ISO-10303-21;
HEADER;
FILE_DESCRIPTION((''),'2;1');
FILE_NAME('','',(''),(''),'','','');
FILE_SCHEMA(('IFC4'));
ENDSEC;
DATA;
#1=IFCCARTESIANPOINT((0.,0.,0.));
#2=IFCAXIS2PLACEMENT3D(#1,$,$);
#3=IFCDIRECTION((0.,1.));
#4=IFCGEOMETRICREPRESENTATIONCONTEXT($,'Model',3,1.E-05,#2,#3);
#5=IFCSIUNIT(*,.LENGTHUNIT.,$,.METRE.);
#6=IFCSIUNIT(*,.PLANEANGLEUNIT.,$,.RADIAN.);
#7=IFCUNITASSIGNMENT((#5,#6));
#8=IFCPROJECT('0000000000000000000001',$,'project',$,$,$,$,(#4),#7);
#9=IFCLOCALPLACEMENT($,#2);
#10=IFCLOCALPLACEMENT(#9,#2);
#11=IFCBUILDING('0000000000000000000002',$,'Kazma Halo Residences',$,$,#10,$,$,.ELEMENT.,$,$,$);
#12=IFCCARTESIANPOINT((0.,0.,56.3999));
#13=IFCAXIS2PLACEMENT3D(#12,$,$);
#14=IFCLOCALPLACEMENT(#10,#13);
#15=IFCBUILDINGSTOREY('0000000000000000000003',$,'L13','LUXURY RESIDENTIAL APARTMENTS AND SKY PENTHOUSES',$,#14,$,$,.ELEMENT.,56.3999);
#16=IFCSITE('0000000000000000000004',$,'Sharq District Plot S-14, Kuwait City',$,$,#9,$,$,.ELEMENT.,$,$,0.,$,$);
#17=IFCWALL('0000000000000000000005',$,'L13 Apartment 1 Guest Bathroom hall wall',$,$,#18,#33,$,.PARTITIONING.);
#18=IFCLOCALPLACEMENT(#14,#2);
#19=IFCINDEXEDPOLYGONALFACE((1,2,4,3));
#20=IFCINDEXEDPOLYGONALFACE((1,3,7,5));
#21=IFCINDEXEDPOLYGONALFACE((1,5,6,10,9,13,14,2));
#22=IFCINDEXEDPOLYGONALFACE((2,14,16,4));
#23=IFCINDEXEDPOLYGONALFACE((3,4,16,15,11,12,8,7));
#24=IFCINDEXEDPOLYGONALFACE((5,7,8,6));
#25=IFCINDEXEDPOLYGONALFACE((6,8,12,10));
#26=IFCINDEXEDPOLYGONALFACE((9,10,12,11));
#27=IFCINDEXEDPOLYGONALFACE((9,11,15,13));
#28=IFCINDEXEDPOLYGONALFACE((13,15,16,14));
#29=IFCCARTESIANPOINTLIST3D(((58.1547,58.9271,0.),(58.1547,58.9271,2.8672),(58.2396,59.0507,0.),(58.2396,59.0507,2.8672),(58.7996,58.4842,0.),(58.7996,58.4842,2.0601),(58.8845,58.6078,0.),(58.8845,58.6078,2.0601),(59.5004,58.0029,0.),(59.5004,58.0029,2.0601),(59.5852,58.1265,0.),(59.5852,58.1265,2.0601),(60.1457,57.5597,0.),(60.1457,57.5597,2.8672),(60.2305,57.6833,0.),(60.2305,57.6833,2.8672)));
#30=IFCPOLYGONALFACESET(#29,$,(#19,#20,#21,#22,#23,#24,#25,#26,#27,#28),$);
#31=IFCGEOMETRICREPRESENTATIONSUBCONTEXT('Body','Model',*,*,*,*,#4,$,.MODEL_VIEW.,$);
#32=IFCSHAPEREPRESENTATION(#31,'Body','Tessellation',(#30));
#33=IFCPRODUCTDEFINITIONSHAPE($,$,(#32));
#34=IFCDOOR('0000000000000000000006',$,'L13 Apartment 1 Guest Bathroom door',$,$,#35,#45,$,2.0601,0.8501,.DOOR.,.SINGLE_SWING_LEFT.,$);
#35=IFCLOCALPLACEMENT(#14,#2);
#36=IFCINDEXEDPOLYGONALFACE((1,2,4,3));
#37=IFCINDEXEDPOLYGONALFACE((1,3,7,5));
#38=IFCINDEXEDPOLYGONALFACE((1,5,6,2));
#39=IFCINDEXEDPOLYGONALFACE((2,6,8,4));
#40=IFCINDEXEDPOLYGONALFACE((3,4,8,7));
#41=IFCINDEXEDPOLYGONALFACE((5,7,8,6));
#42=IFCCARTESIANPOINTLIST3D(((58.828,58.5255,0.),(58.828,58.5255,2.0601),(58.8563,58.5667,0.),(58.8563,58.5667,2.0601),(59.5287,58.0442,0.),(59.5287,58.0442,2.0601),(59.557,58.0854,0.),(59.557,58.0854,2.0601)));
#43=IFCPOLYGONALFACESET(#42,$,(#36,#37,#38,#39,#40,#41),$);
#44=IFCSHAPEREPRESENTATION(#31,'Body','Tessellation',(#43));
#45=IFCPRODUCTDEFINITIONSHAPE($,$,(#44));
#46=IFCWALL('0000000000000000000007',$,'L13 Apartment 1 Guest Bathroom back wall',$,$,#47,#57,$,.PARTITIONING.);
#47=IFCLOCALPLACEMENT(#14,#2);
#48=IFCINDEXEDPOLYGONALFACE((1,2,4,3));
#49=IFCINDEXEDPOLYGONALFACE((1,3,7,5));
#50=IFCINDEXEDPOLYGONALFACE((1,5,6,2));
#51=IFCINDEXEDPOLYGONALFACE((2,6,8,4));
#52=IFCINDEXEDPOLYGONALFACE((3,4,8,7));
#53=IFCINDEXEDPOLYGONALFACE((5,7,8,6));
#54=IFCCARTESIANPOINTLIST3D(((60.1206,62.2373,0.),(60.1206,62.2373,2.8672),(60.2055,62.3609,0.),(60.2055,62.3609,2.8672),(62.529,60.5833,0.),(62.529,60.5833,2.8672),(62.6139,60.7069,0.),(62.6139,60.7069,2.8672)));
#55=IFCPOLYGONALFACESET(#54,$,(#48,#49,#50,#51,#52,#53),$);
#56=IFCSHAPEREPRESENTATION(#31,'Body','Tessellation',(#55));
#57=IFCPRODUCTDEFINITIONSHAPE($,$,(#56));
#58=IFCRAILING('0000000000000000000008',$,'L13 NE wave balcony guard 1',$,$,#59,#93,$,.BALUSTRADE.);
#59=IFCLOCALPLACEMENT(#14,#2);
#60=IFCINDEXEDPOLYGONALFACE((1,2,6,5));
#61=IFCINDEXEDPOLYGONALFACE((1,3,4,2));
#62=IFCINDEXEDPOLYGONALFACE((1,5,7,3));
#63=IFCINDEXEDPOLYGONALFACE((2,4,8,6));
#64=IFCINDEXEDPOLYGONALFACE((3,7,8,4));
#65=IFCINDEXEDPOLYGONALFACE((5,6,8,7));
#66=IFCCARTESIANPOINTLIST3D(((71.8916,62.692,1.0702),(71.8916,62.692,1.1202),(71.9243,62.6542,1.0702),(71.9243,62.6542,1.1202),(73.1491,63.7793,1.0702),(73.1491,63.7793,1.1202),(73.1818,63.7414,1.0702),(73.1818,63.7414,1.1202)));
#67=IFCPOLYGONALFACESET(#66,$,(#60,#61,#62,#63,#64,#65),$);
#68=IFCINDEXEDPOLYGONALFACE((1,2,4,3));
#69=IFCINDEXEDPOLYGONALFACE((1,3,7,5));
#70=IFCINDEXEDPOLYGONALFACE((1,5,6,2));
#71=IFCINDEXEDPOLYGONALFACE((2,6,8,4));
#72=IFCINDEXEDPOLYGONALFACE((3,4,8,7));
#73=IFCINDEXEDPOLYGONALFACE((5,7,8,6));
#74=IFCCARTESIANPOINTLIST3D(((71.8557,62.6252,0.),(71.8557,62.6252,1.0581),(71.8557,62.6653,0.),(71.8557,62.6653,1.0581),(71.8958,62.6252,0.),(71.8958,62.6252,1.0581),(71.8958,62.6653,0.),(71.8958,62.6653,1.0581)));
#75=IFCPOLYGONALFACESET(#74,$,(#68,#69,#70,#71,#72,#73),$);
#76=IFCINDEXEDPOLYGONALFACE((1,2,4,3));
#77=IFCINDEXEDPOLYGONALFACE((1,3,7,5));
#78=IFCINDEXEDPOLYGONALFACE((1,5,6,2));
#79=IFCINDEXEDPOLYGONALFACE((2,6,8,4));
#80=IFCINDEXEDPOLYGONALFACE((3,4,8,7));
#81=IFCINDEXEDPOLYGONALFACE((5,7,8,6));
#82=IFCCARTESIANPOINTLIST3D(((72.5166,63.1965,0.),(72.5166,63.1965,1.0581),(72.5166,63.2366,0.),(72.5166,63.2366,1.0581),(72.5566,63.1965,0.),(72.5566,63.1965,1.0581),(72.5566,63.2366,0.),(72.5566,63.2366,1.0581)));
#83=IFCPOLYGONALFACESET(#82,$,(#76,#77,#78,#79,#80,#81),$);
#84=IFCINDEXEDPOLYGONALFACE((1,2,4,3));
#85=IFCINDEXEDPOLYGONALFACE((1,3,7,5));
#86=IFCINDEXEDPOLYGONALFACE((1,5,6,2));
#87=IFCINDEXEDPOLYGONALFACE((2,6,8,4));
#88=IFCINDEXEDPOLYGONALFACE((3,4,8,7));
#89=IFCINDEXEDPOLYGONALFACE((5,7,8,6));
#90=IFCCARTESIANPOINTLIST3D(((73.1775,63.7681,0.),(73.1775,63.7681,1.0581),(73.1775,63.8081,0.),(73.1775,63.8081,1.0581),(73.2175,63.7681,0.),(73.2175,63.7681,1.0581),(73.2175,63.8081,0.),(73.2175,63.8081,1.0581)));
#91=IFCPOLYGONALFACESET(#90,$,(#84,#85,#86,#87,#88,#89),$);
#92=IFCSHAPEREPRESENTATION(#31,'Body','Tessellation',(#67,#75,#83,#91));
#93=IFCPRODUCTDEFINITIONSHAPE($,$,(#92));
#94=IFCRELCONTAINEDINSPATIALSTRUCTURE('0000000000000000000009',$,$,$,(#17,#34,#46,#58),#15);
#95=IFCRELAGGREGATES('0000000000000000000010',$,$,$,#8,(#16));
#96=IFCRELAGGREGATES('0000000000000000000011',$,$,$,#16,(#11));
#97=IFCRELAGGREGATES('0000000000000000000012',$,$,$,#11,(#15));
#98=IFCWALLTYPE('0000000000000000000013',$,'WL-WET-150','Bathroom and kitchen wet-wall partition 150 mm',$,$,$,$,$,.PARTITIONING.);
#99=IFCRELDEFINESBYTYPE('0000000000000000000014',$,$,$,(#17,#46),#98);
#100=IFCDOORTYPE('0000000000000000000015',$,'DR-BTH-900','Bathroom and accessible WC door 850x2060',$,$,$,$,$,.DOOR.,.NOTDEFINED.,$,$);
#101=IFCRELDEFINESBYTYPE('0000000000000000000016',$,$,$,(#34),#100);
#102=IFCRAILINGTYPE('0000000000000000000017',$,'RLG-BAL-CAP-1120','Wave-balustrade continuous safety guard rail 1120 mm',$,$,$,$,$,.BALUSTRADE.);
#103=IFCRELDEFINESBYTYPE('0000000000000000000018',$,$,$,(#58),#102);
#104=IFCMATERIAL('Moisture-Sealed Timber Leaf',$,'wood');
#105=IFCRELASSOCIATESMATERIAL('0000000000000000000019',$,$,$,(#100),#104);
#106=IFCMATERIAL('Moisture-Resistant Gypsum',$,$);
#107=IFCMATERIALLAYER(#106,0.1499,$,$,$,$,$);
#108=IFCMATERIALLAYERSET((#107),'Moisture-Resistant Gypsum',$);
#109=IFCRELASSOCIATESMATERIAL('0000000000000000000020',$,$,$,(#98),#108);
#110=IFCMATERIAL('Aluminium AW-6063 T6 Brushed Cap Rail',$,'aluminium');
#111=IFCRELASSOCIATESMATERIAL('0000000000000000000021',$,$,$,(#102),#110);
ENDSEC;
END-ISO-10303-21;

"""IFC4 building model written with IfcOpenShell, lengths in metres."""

from ifc_helpers import new_model, si_unit, direction, frame, frame_2d, origin, origin_2d, place, context, subcontext, project, spatial, rectangle, extrude, material, layer, layer_set, type_object, element, fill, save


model = new_model("IFC4")

# Units and contexts
model_context = context("Model", 3, precision=1e-05, world=origin(), true_north=direction((0.0, 1.0)))
body_context = subcontext(model_context, "Body", "Model", "MODEL_VIEW")
ifc_project = project(units=[si_unit("LENGTHUNIT", "METRE"), si_unit("PLANEANGLEUNIT", "RADIAN")], contexts=[model_context])

# Site, building, storey
site_placement = place(None, origin())
site = spatial("IfcSite", under=ifc_project, at=site_placement, Name="Sharq District Plot S-14, Kuwait City", CompositionType="ELEMENT", RefElevation=0.0)
building_placement = place(site_placement, origin())
building = spatial("IfcBuilding", under=site, at=building_placement, Name="Kazma Halo Residences", CompositionType="ELEMENT")
storey_placement = place(building_placement, frame((0.0, 0.0, 56.3999)))
storey = spatial("IfcBuildingStorey", under=building, at=storey_placement, Name="L13", Description="LUXURY RESIDENTIAL APARTMENTS AND SKY PENTHOUSES", CompositionType="ELEMENT", Elevation=56.3999)

# Wall, opening, door
ifc_material_1 = material(Name="Moisture-Sealed Timber Leaf", Category="wood")
door_type_1 = type_object("IfcDoorType", Name="DR-BTH-900", Description="Bathroom and accessible WC door 850x2060", OperationType="NOTDEFINED", PredefinedType="DOOR", material=ifc_material_1)
ifc_material_2 = material(Name="Moisture-Resistant Gypsum")
ifc_layer_1 = layer(ifc_material_2, 0.1499)
ifc_layer_set_1 = layer_set([ifc_layer_1], Name="Moisture-Resistant Gypsum")
wall_type_1 = type_object("IfcWallType", Name="WL-WET-150", Description="Bathroom and kitchen wet-wall partition 150 mm", PredefinedType="PARTITIONING", material=ifc_layer_set_1)
wall_1_placement = place(storey_placement, frame((60.188, 57.6216, 0.0), z_axis=(0.0, 0.0, 1.0), x_axis=(-0.824304, 0.566147, 0.0)))
wall_1 = element("IfcWall", 1, at=wall_1_placement, inside=storey, type_object=wall_type_1, Name="L13 Apartment 1 Guest Bathroom hall wall", PredefinedType="PARTITIONING", context=body_context, shape_type="SweptSolid", body=[
    extrude(rectangle(XDim=2.4153, YDim=0.1499, at=frame_2d((1.2075, 0.0))), origin(), (0.0, 0.0, 1.0), 2.8672),
])
opening_1_placement = place(wall_1_placement, frame((0.7827, 0.0, 0.0)))
opening_1 = element("IfcOpeningElement", 2, at=opening_1_placement, cuts=wall_1, PredefinedType="OPENING", context=body_context, shape_type="SweptSolid", body=[
    extrude(rectangle(XDim=0.8501, YDim=2.0601, at=frame_2d((0.425, 1.03))), frame((0.0, 0.085, 0.0), z_axis=(0.0, -1.0, 0.0), x_axis=(1.0, 0.0, 0.0)), (0.0, 0.0, 1.0), 0.1699),
])
door_1_placement = place(opening_1_placement, origin())
door_1 = element("IfcDoor", 3, at=door_1_placement, inside=storey, type_object=door_type_1, Name="L13 Apartment 1 Guest Bathroom door", OperationType="SINGLE_SWING_LEFT", OverallHeight=2.0601, OverallWidth=0.8501, PredefinedType="DOOR", context=body_context, shape_type="SweptSolid", body=[
    extrude(rectangle(XDim=0.8501, YDim=2.0601, at=frame_2d((0.425, 1.03))), frame((0.0, 0.0249, 0.0), z_axis=(0.0, -1.0, 0.0), x_axis=(1.0, 0.0, 0.0)), (0.0, 0.0, 1.0), 0.05),
])
fill(opening_1, door_1)

# Wall
wall_2_placement = place(storey_placement, frame((62.5715, 60.645, 0.0), z_axis=(0.0, 0.0, 1.0), x_axis=(-0.824322, 0.566121, 0.0)))
element("IfcWall", 4, at=wall_2_placement, inside=storey, type_object=wall_type_1, Name="L13 Apartment 1 Guest Bathroom back wall", PredefinedType="PARTITIONING", context=body_context, shape_type="SweptSolid", body=[
    extrude(rectangle(XDim=2.9216, YDim=0.1499, at=frame_2d((1.4609, 0.0))), origin(), (0.0, 0.0, 1.0), 2.8672),
])

# Railing
ifc_material_3 = material(Name="Aluminium AW-6063 T6 Brushed Cap Rail", Category="aluminium")
railing_type = type_object("IfcRailingType", Name="RLG-BAL-CAP-1120", Description="Wave-balustrade continuous safety guard rail 1120 mm", PredefinedType="BALUSTRADE", material=ifc_material_3)
railing_1_placement = place(storey_placement, frame((71.8757, 62.6453, 0.0)))
element("IfcRailing", 5, at=railing_1_placement, inside=storey, type_object=railing_type, Name="L13 NE wave balcony guard 1", PredefinedType="BALUSTRADE", context=body_context, shape_type="SweptSolid", body=[
    extrude(rectangle(XDim=0.05, YDim=0.05, at=origin_2d()), frame((0.0322, 0.0278, 1.0952), z_axis=(0.756458, 0.654042, 0.0), x_axis=(-0.654042, 0.756458, 0.0)), (0.0, 0.0, 1.0), 1.6624),
    extrude(rectangle(XDim=0.04, YDim=0.04, at=origin_2d()), origin(), (0.0, 0.0, 1.0), 1.0581),
    extrude(rectangle(XDim=0.04, YDim=0.04, at=origin_2d()), frame((0.6609, 0.5713, 0.0)), (0.0, 0.0, 1.0), 1.0581),
    extrude(rectangle(XDim=0.04, YDim=0.04, at=origin_2d()), frame((1.3218, 1.1428, 0.0)), (0.0, 0.0, 1.0), 1.0581),
])

save(model, "model.ifc")
